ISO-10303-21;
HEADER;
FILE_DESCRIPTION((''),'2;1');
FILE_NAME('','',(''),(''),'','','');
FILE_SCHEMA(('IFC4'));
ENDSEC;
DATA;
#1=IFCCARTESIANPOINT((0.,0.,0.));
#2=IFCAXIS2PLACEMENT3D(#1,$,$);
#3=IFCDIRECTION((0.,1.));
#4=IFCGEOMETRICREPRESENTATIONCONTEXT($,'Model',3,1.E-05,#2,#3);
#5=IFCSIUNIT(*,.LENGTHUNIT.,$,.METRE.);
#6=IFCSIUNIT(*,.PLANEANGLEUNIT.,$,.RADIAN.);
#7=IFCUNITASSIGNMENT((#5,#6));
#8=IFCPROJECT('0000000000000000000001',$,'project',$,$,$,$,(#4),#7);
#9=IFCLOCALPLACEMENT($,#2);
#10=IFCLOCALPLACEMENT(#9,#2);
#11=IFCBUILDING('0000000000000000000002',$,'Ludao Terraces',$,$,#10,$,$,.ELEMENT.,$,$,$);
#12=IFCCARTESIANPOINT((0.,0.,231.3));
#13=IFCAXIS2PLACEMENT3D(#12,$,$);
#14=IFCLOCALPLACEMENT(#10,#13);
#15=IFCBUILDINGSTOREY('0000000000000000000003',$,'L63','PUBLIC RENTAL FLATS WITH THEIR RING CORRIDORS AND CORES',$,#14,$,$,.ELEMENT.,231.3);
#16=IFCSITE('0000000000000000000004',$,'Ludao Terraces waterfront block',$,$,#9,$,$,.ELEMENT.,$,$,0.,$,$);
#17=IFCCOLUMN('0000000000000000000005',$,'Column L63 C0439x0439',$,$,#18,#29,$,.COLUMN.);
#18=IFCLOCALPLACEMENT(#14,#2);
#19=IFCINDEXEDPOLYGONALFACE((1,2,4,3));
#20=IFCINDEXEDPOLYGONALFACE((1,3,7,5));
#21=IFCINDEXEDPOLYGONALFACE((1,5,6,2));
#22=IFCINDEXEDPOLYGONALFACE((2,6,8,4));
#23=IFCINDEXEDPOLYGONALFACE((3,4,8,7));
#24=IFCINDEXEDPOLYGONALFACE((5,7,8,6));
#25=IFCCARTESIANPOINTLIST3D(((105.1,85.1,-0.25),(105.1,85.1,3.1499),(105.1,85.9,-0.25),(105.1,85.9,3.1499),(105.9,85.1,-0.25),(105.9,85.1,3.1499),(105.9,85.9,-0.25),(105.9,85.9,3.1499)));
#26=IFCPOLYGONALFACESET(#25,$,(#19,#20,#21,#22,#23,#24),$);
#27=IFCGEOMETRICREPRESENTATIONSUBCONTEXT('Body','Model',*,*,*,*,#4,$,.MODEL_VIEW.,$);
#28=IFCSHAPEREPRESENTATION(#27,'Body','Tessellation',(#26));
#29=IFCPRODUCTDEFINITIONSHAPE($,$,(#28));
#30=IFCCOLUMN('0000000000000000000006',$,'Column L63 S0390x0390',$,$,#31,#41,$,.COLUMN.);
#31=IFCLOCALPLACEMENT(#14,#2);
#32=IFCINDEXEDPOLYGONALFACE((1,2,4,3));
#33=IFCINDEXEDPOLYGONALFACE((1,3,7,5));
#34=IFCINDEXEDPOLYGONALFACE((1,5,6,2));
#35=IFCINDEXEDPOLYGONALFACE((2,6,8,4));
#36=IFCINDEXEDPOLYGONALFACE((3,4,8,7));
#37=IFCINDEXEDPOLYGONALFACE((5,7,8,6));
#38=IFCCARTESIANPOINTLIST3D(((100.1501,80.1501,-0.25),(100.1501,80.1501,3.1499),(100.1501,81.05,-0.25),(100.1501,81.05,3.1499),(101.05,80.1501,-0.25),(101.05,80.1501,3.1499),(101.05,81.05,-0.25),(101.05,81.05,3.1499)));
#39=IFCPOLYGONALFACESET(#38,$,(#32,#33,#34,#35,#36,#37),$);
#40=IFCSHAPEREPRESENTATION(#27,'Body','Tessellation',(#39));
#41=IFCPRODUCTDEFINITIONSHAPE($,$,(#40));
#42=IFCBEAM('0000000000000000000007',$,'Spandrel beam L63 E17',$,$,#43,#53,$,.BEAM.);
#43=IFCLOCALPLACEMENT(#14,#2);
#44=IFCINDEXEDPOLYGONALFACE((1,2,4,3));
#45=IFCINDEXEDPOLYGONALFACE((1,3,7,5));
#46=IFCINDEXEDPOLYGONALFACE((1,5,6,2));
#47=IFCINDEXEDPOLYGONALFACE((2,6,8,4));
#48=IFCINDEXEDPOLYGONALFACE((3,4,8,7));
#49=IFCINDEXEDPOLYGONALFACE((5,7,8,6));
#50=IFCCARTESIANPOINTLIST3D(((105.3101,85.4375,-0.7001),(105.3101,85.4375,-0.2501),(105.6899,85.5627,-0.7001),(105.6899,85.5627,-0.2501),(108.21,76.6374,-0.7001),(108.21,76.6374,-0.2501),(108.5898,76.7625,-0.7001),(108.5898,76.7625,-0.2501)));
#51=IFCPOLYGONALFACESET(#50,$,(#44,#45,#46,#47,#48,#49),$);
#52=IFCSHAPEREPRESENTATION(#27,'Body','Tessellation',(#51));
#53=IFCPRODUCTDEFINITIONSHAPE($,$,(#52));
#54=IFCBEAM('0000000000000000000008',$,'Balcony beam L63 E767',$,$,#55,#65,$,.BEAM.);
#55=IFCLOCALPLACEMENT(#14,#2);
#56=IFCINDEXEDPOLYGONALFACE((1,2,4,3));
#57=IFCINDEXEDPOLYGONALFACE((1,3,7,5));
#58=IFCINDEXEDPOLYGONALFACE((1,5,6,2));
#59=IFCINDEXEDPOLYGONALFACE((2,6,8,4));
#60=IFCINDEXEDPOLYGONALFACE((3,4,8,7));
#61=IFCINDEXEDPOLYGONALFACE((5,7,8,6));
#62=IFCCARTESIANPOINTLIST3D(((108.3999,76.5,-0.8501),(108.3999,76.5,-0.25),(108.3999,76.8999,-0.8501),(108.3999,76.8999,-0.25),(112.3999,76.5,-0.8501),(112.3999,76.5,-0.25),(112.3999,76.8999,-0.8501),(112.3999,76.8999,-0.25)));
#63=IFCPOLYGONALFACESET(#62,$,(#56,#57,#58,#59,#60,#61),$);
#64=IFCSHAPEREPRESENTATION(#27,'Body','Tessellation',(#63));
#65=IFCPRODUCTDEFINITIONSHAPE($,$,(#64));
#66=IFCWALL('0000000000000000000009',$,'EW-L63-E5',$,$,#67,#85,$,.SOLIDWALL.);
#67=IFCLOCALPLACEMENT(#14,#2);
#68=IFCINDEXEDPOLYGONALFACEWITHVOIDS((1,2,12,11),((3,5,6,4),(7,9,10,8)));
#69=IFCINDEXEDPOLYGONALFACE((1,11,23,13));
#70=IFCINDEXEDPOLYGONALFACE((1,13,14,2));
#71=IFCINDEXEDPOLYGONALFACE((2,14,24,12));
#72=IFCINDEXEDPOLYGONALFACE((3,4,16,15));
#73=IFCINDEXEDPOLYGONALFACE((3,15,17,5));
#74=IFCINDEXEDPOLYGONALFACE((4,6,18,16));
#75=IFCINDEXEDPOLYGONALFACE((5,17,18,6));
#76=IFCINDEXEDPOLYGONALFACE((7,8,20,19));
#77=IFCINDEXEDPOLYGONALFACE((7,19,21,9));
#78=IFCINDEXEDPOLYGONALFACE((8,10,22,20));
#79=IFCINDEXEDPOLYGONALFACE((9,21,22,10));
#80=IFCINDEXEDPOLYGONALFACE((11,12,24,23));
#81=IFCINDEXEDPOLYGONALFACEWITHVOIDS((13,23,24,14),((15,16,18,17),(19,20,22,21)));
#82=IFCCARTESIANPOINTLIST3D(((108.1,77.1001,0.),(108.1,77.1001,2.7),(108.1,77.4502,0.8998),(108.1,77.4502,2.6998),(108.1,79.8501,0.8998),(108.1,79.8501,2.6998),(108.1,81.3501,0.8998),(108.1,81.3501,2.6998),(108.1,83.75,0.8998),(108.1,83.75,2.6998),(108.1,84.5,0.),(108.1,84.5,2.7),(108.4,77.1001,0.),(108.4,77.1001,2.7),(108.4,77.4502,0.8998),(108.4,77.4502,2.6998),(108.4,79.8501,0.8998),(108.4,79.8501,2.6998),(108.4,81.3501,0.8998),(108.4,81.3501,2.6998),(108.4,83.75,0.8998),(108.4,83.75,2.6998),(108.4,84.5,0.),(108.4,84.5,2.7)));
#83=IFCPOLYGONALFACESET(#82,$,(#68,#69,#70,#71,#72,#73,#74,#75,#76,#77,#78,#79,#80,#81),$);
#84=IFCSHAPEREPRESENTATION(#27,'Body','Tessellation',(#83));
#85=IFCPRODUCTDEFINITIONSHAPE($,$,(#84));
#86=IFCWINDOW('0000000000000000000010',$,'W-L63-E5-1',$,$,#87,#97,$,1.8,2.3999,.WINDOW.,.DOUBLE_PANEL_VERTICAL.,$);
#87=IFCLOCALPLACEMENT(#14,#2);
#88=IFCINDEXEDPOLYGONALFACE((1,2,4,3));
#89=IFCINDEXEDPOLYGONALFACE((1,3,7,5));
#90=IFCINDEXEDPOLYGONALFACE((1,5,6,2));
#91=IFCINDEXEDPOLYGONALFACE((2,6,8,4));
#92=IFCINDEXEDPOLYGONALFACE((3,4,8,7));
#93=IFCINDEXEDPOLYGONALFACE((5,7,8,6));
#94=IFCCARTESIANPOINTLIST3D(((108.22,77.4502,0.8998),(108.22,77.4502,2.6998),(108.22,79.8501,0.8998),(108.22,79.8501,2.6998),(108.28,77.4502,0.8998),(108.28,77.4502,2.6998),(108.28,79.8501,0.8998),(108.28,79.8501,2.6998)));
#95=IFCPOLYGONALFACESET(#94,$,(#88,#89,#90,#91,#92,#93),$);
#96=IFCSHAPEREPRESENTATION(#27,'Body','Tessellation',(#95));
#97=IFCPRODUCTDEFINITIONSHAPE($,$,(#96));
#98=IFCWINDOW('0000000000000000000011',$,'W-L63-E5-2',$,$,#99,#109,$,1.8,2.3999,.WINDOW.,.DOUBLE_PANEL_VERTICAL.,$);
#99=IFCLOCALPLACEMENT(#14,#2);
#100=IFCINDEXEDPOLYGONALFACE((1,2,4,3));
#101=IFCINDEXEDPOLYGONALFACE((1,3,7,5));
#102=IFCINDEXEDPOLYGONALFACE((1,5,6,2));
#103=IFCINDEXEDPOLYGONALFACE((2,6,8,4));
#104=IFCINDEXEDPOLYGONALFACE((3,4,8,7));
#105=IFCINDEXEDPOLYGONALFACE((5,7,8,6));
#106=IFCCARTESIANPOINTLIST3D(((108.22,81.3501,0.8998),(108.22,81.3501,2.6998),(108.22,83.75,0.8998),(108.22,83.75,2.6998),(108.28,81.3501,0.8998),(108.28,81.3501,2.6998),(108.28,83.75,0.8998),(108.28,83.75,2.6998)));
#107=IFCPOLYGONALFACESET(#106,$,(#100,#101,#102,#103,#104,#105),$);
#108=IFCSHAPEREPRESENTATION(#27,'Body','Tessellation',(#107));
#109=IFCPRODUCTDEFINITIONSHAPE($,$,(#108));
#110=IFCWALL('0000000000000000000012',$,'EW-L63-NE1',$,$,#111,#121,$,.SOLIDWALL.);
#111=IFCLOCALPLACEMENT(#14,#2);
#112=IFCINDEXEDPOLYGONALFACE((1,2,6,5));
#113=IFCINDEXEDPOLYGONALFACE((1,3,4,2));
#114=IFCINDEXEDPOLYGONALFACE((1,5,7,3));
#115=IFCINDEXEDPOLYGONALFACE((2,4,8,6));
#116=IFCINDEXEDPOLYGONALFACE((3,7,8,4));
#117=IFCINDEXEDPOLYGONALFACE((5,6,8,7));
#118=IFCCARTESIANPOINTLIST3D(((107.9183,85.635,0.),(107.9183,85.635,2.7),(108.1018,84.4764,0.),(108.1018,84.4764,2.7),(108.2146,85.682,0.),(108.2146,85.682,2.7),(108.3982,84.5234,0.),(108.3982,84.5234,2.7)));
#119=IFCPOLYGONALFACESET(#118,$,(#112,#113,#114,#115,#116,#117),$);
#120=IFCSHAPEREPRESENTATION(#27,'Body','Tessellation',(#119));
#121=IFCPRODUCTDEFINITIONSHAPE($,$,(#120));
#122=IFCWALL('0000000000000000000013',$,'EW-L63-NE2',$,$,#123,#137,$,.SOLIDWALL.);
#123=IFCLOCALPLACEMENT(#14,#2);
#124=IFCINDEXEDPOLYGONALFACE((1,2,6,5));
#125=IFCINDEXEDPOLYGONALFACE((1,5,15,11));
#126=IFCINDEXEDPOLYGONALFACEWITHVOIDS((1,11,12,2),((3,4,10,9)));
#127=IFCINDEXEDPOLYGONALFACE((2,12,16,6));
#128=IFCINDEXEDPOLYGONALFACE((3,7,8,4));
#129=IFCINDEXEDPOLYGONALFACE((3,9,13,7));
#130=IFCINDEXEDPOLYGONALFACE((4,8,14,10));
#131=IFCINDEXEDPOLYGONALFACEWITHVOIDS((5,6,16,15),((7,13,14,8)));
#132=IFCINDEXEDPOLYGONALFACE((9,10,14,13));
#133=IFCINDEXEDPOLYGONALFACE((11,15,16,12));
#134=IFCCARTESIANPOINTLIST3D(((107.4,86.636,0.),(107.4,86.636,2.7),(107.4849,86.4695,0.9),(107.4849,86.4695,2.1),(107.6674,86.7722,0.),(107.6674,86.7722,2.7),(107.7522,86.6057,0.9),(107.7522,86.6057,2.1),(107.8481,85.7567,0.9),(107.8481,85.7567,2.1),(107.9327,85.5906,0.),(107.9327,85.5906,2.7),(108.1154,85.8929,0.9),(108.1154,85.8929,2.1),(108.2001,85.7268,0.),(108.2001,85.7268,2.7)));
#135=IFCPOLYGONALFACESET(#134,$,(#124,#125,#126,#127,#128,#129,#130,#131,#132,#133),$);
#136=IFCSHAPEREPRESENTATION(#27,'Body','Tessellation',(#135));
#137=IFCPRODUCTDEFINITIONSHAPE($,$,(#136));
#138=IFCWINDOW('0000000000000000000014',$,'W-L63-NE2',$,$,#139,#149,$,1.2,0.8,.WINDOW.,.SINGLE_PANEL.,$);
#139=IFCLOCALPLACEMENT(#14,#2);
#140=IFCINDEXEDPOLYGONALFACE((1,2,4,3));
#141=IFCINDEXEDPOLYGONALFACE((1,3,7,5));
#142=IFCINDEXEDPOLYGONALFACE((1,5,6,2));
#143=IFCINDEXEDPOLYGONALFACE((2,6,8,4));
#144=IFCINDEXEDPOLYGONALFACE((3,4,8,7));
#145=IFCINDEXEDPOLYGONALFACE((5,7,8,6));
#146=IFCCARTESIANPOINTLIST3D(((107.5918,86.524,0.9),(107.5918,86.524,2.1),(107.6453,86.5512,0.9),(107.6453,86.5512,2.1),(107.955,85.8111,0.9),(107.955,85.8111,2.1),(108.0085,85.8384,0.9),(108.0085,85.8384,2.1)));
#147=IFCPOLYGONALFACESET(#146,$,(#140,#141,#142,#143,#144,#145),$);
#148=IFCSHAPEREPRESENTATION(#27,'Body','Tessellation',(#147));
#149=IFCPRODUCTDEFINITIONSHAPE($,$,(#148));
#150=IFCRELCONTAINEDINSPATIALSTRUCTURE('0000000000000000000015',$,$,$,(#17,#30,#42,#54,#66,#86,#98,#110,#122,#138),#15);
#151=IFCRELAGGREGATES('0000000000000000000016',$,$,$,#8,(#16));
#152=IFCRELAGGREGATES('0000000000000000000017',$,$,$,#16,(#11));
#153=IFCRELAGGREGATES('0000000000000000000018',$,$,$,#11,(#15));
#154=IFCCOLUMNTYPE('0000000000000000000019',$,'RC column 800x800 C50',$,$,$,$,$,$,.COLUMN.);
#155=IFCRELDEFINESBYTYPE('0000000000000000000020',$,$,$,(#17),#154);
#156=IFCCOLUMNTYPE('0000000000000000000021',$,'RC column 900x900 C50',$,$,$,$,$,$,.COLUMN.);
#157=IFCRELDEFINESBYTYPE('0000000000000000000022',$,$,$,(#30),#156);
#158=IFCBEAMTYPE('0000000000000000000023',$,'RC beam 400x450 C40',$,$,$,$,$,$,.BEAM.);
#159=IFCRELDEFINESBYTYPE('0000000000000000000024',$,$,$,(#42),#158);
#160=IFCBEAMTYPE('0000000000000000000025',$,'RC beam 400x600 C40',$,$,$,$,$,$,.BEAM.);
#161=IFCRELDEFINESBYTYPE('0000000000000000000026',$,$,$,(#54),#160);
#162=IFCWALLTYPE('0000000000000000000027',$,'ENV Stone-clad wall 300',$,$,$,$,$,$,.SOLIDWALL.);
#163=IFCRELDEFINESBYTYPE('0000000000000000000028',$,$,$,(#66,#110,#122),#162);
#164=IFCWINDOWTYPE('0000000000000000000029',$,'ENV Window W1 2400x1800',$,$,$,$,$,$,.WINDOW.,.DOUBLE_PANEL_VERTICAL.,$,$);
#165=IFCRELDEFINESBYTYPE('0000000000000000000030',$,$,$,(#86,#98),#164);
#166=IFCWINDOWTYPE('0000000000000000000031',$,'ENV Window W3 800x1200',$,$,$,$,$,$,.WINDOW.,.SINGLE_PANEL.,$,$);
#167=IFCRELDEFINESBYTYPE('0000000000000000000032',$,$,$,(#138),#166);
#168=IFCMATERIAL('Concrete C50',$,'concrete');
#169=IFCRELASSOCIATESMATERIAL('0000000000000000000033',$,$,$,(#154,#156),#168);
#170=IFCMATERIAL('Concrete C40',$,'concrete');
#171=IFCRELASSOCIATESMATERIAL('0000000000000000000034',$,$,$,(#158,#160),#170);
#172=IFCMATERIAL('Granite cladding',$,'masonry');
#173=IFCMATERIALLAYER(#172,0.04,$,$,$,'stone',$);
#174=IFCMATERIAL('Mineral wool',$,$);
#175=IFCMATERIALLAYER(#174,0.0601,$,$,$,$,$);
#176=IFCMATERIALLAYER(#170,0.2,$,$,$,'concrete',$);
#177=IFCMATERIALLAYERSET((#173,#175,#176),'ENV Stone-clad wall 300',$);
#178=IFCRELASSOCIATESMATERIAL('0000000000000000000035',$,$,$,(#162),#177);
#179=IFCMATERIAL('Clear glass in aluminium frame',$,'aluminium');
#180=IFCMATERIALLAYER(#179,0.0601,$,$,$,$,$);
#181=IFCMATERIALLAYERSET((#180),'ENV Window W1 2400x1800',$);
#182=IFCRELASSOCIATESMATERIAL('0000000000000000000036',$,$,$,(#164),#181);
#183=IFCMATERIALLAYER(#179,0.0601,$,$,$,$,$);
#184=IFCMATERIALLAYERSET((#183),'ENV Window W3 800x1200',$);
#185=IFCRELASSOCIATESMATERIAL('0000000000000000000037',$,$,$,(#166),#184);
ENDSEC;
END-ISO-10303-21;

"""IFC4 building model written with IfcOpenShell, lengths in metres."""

from ifc_helpers import new_model, si_unit, direction, frame, frame_2d, origin, origin_2d, place, context, subcontext, project, spatial, rectangle, extrude, material, layer, layer_set, material_profile, profile_set, type_object, element, fill, save


model = new_model("IFC4")

# Units and contexts
model_context = context("Model", 3, precision=1e-05, world=origin(), true_north=direction((0.0, 1.0)))
body_context = subcontext(model_context, "Body", "Model", "MODEL_VIEW")
ifc_project = project(units=[si_unit("LENGTHUNIT", "METRE"), si_unit("PLANEANGLEUNIT", "RADIAN")], contexts=[model_context])

# Site, building, storey
site_placement = place(None, origin())
site = spatial("IfcSite", under=ifc_project, at=site_placement, Name="Ludao Terraces waterfront block", CompositionType="ELEMENT", RefElevation=0.0)
building_placement = place(site_placement, origin())
building = spatial("IfcBuilding", under=site, at=building_placement, Name="Ludao Terraces", CompositionType="ELEMENT")
storey_placement = place(building_placement, frame((0.0, 0.0, 231.3)))
storey = spatial("IfcBuildingStorey", under=building, at=storey_placement, Name="L63", Description="PUBLIC RENTAL FLATS WITH THEIR RING CORRIDORS AND CORES", CompositionType="ELEMENT", Elevation=231.3)

# Columns
ifc_material_1 = material(Name="Concrete C50", Category="concrete")
ifc_material_profile_1 = material_profile(ifc_material_1, rectangle(XDim=0.8, YDim=0.8, at=origin_2d()), Name="800 X 800")
ifc_profile_set_1 = profile_set([ifc_material_profile_1], Name="Concrete C50")
column_type_1 = type_object("IfcColumnType", Name="RC column 800x800 C50", PredefinedType="COLUMN", material=ifc_profile_set_1)
column_1_placement = place(storey_placement, frame((105.5, 85.5, -0.25), z_axis=(0.0, 0.0, 1.0), x_axis=(1.0, 0.0, 0.0)))
element("IfcColumn", 1, at=column_1_placement, inside=storey, type_object=column_type_1, Name="Column L63 C0439x0439", PredefinedType="COLUMN", context=body_context, shape_type="SweptSolid", body=[
    extrude(rectangle(XDim=0.8, YDim=0.8, at=origin_2d()), origin(), (0.0, 0.0, 1.0), 3.3999),
])
ifc_material_profile_2 = material_profile(ifc_material_1, rectangle(XDim=0.8999, YDim=0.8999, at=origin_2d()), Name="900 X 900")
ifc_profile_set_2 = profile_set([ifc_material_profile_2], Name="Concrete C50")
column_type_2 = type_object("IfcColumnType", Name="RC column 900x900 C50", PredefinedType="COLUMN", material=ifc_profile_set_2)
column_2_placement = place(storey_placement, frame((100.6001, 80.6001, -0.25), z_axis=(0.0, 0.0, 1.0), x_axis=(1.0, 0.0, 0.0)))
element("IfcColumn", 2, at=column_2_placement, inside=storey, type_object=column_type_2, Name="Column L63 S0390x0390", PredefinedType="COLUMN", context=body_context, shape_type="SweptSolid", body=[
    extrude(rectangle(XDim=0.8999, YDim=0.8999, at=origin_2d()), origin(), (0.0, 0.0, 1.0), 3.3999),
])

# Beams
ifc_material_2 = material(Name="Concrete C40", Category="concrete")
ifc_material_profile_3 = material_profile(ifc_material_2, rectangle(XDim=0.3999, YDim=0.45, at=origin_2d()), Name="400 X 450")
ifc_profile_set_3 = profile_set([ifc_material_profile_3], Name="Concrete C40")
beam_type_1 = type_object("IfcBeamType", Name="RC beam 400x450 C40", PredefinedType="BEAM", material=ifc_profile_set_3)
beam_1_placement = place(storey_placement, frame((108.3999, 76.7, -0.4751), z_axis=(-0.312977, 0.949761, 0.0), x_axis=(-0.949761, -0.312977, 0.0)))
element("IfcBeam", 3, at=beam_1_placement, inside=storey, type_object=beam_type_1, Name="Spandrel beam L63 E17", PredefinedType="BEAM", context=body_context, shape_type="SweptSolid", body=[
    extrude(rectangle(XDim=0.3999, YDim=0.45, at=origin_2d()), origin(), (0.0, 0.0, 1.0), 9.2656),
])
ifc_material_profile_4 = material_profile(ifc_material_2, rectangle(XDim=0.3999, YDim=0.6001, at=origin_2d()), Name="400 X 600")
ifc_profile_set_4 = profile_set([ifc_material_profile_4], Name="Concrete C40")
beam_type_2 = type_object("IfcBeamType", Name="RC beam 400x600 C40", PredefinedType="BEAM", material=ifc_profile_set_4)
beam_2_placement = place(storey_placement, frame((108.3999, 76.7, -0.55), z_axis=(1.0, 0.0, 0.0), x_axis=(0.0, 1.0, 0.0)))
element("IfcBeam", 4, at=beam_2_placement, inside=storey, type_object=beam_type_2, Name="Balcony beam L63 E767", PredefinedType="BEAM", context=body_context, shape_type="SweptSolid", body=[
    extrude(rectangle(XDim=0.3999, YDim=0.6001, at=origin_2d()), origin(), (0.0, 0.0, 1.0), 4.0),
])

# Wall, openings, windows
ifc_material_3 = material(Name="Granite cladding", Category="masonry")
ifc_layer_1 = layer(ifc_material_3, 0.04, Category="stone")
ifc_material_4 = material(Name="Mineral wool")
ifc_layer_2 = layer(ifc_material_4, 0.0601)
ifc_layer_3 = layer(ifc_material_2, 0.2, Category="concrete")
ifc_layer_set_1 = layer_set([ifc_layer_1, ifc_layer_2, ifc_layer_3], Name="ENV Stone-clad wall 300")
wall_type_1 = type_object("IfcWallType", Name="ENV Stone-clad wall 300", PredefinedType="SOLIDWALL", material=ifc_layer_set_1)
wall_1_placement = place(storey_placement, frame((108.25, 77.1001, 0.0), z_axis=(0.0, 0.0, 1.0), x_axis=(0.0, 1.0, 0.0)))
wall_1 = element("IfcWall", 5, at=wall_1_placement, inside=storey, type_object=wall_type_1, Name="EW-L63-E5", PredefinedType="SOLIDWALL", context=body_context, shape_type="SweptSolid", body=[
    extrude(rectangle(XDim=7.3999, YDim=0.3, at=frame_2d((3.7, 0.0))), origin(), (0.0, 0.0, 1.0), 2.7),
])
opening_1_placement = place(wall_1_placement, frame((0.3501, 0.0, 0.8999)))
opening_1 = element("IfcOpeningElement", 6, at=opening_1_placement, cuts=wall_1, PredefinedType="OPENING", context=body_context, shape_type="SweptSolid", body=[
    extrude(rectangle(XDim=2.3999, YDim=1.8, at=frame_2d((1.2, 0.8999))), frame((0.0, 0.1602, 0.0), z_axis=(0.0, -1.0, 0.0), x_axis=(1.0, 0.0, 0.0)), (0.0, 0.0, 1.0), 0.3201),
])
opening_2_placement = place(wall_1_placement, frame((4.25, 0.0, 0.8999)))
opening_2 = element("IfcOpeningElement", 7, at=opening_2_placement, cuts=wall_1, PredefinedType="OPENING", context=body_context, shape_type="SweptSolid", body=[
    extrude(rectangle(XDim=2.3999, YDim=1.8, at=frame_2d((1.2, 0.8999))), frame((0.0, 0.1602, 0.0), z_axis=(0.0, -1.0, 0.0), x_axis=(1.0, 0.0, 0.0)), (0.0, 0.0, 1.0), 0.3201),
])
ifc_material_5 = material(Name="Clear glass in aluminium frame", Category="aluminium")
ifc_layer_4 = layer(ifc_material_5, 0.0601)
ifc_layer_set_2 = layer_set([ifc_layer_4], Name="ENV Window W1 2400x1800")
window_type_1 = type_object("IfcWindowType", Name="ENV Window W1 2400x1800", PartitioningType="DOUBLE_PANEL_VERTICAL", PredefinedType="WINDOW", material=ifc_layer_set_2)
window_1_placement = place(opening_1_placement, origin())
window_1 = element("IfcWindow", 8, at=window_1_placement, inside=storey, type_object=window_type_1, Name="W-L63-E5-1", OverallHeight=1.8, OverallWidth=2.3999, PartitioningType="DOUBLE_PANEL_VERTICAL", PredefinedType="WINDOW", context=body_context, shape_type="SweptSolid", body=[
    extrude(rectangle(XDim=2.3999, YDim=1.8, at=frame_2d((1.2, 0.8999))), frame((0.0, 0.03, 0.0), z_axis=(0.0, -1.0, 0.0), x_axis=(1.0, 0.0, 0.0)), (0.0, 0.0, 1.0), 0.0601),
])
fill(opening_1, window_1)
window_2_placement = place(opening_2_placement, origin())
window_2 = element("IfcWindow", 9, at=window_2_placement, inside=storey, type_object=window_type_1, Name="W-L63-E5-2", OverallHeight=1.8, OverallWidth=2.3999, PartitioningType="DOUBLE_PANEL_VERTICAL", PredefinedType="WINDOW", context=body_context, shape_type="SweptSolid", body=[
    extrude(rectangle(XDim=2.3999, YDim=1.8, at=frame_2d((1.2, 0.8999))), frame((0.0, 0.03, 0.0), z_axis=(0.0, -1.0, 0.0), x_axis=(1.0, 0.0, 0.0)), (0.0, 0.0, 1.0), 0.0601),
])
fill(opening_2, window_2)

# Wall
wall_2_placement = place(storey_placement, frame((108.25, 84.5, 0.0), z_axis=(0.0, 0.0, 1.0), x_axis=(-0.156497, 0.987678, 0.0)))
element("IfcWall", 10, at=wall_2_placement, inside=storey, type_object=wall_type_1, Name="EW-L63-NE1", PredefinedType="SOLIDWALL", context=body_context, shape_type="SweptSolid", body=[
    extrude(rectangle(XDim=1.1731, YDim=0.3, at=frame_2d((0.5864, 0.0))), origin(), (0.0, 0.0, 1.0), 2.7),
])

# Wall, opening, window
wall_3_placement = place(storey_placement, frame((108.0664, 85.6587, 0.0), z_axis=(0.0, 0.0, 1.0), x_axis=(-0.454026, 0.890989, 0.0)))
wall_3 = element("IfcWall", 11, at=wall_3_placement, inside=storey, type_object=wall_type_1, Name="EW-L63-NE2", PredefinedType="SOLIDWALL", context=body_context, shape_type="SweptSolid", body=[
    extrude(rectangle(XDim=1.1733, YDim=0.3, at=frame_2d((0.5867, 0.0))), origin(), (0.0, 0.0, 1.0), 2.7),
])
opening_3_placement = place(wall_3_placement, frame((0.1865, 0.0, 0.8999)))
opening_3 = element("IfcOpeningElement", 12, at=opening_3_placement, cuts=wall_3, PredefinedType="OPENING", context=body_context, shape_type="SweptSolid", body=[
    extrude(rectangle(XDim=0.8, YDim=1.2, at=frame_2d((0.3999, 0.6001))), frame((0.0, 0.1602, 0.0), z_axis=(0.0, -1.0, 0.0), x_axis=(1.0, 0.0, 0.0)), (0.0, 0.0, 1.0), 0.3201),
])
ifc_layer_5 = layer(ifc_material_5, 0.0601)
ifc_layer_set_3 = layer_set([ifc_layer_5], Name="ENV Window W3 800x1200")
window_type_2 = type_object("IfcWindowType", Name="ENV Window W3 800x1200", PartitioningType="SINGLE_PANEL", PredefinedType="WINDOW", material=ifc_layer_set_3)
window_3_placement = place(opening_3_placement, origin())
window_3 = element("IfcWindow", 13, at=window_3_placement, inside=storey, type_object=window_type_2, Name="W-L63-NE2", OverallHeight=1.2, OverallWidth=0.8, PartitioningType="SINGLE_PANEL", PredefinedType="WINDOW", context=body_context, shape_type="SweptSolid", body=[
    extrude(rectangle(XDim=0.8, YDim=1.2, at=frame_2d((0.3999, 0.6001))), frame((0.0, 0.03, 0.0), z_axis=(0.0, -1.0, 0.0), x_axis=(1.0, 0.0, 0.0)), (0.0, 0.0, 1.0), 0.0601),
])
fill(opening_3, window_3)

save(model, "model.ifc")
